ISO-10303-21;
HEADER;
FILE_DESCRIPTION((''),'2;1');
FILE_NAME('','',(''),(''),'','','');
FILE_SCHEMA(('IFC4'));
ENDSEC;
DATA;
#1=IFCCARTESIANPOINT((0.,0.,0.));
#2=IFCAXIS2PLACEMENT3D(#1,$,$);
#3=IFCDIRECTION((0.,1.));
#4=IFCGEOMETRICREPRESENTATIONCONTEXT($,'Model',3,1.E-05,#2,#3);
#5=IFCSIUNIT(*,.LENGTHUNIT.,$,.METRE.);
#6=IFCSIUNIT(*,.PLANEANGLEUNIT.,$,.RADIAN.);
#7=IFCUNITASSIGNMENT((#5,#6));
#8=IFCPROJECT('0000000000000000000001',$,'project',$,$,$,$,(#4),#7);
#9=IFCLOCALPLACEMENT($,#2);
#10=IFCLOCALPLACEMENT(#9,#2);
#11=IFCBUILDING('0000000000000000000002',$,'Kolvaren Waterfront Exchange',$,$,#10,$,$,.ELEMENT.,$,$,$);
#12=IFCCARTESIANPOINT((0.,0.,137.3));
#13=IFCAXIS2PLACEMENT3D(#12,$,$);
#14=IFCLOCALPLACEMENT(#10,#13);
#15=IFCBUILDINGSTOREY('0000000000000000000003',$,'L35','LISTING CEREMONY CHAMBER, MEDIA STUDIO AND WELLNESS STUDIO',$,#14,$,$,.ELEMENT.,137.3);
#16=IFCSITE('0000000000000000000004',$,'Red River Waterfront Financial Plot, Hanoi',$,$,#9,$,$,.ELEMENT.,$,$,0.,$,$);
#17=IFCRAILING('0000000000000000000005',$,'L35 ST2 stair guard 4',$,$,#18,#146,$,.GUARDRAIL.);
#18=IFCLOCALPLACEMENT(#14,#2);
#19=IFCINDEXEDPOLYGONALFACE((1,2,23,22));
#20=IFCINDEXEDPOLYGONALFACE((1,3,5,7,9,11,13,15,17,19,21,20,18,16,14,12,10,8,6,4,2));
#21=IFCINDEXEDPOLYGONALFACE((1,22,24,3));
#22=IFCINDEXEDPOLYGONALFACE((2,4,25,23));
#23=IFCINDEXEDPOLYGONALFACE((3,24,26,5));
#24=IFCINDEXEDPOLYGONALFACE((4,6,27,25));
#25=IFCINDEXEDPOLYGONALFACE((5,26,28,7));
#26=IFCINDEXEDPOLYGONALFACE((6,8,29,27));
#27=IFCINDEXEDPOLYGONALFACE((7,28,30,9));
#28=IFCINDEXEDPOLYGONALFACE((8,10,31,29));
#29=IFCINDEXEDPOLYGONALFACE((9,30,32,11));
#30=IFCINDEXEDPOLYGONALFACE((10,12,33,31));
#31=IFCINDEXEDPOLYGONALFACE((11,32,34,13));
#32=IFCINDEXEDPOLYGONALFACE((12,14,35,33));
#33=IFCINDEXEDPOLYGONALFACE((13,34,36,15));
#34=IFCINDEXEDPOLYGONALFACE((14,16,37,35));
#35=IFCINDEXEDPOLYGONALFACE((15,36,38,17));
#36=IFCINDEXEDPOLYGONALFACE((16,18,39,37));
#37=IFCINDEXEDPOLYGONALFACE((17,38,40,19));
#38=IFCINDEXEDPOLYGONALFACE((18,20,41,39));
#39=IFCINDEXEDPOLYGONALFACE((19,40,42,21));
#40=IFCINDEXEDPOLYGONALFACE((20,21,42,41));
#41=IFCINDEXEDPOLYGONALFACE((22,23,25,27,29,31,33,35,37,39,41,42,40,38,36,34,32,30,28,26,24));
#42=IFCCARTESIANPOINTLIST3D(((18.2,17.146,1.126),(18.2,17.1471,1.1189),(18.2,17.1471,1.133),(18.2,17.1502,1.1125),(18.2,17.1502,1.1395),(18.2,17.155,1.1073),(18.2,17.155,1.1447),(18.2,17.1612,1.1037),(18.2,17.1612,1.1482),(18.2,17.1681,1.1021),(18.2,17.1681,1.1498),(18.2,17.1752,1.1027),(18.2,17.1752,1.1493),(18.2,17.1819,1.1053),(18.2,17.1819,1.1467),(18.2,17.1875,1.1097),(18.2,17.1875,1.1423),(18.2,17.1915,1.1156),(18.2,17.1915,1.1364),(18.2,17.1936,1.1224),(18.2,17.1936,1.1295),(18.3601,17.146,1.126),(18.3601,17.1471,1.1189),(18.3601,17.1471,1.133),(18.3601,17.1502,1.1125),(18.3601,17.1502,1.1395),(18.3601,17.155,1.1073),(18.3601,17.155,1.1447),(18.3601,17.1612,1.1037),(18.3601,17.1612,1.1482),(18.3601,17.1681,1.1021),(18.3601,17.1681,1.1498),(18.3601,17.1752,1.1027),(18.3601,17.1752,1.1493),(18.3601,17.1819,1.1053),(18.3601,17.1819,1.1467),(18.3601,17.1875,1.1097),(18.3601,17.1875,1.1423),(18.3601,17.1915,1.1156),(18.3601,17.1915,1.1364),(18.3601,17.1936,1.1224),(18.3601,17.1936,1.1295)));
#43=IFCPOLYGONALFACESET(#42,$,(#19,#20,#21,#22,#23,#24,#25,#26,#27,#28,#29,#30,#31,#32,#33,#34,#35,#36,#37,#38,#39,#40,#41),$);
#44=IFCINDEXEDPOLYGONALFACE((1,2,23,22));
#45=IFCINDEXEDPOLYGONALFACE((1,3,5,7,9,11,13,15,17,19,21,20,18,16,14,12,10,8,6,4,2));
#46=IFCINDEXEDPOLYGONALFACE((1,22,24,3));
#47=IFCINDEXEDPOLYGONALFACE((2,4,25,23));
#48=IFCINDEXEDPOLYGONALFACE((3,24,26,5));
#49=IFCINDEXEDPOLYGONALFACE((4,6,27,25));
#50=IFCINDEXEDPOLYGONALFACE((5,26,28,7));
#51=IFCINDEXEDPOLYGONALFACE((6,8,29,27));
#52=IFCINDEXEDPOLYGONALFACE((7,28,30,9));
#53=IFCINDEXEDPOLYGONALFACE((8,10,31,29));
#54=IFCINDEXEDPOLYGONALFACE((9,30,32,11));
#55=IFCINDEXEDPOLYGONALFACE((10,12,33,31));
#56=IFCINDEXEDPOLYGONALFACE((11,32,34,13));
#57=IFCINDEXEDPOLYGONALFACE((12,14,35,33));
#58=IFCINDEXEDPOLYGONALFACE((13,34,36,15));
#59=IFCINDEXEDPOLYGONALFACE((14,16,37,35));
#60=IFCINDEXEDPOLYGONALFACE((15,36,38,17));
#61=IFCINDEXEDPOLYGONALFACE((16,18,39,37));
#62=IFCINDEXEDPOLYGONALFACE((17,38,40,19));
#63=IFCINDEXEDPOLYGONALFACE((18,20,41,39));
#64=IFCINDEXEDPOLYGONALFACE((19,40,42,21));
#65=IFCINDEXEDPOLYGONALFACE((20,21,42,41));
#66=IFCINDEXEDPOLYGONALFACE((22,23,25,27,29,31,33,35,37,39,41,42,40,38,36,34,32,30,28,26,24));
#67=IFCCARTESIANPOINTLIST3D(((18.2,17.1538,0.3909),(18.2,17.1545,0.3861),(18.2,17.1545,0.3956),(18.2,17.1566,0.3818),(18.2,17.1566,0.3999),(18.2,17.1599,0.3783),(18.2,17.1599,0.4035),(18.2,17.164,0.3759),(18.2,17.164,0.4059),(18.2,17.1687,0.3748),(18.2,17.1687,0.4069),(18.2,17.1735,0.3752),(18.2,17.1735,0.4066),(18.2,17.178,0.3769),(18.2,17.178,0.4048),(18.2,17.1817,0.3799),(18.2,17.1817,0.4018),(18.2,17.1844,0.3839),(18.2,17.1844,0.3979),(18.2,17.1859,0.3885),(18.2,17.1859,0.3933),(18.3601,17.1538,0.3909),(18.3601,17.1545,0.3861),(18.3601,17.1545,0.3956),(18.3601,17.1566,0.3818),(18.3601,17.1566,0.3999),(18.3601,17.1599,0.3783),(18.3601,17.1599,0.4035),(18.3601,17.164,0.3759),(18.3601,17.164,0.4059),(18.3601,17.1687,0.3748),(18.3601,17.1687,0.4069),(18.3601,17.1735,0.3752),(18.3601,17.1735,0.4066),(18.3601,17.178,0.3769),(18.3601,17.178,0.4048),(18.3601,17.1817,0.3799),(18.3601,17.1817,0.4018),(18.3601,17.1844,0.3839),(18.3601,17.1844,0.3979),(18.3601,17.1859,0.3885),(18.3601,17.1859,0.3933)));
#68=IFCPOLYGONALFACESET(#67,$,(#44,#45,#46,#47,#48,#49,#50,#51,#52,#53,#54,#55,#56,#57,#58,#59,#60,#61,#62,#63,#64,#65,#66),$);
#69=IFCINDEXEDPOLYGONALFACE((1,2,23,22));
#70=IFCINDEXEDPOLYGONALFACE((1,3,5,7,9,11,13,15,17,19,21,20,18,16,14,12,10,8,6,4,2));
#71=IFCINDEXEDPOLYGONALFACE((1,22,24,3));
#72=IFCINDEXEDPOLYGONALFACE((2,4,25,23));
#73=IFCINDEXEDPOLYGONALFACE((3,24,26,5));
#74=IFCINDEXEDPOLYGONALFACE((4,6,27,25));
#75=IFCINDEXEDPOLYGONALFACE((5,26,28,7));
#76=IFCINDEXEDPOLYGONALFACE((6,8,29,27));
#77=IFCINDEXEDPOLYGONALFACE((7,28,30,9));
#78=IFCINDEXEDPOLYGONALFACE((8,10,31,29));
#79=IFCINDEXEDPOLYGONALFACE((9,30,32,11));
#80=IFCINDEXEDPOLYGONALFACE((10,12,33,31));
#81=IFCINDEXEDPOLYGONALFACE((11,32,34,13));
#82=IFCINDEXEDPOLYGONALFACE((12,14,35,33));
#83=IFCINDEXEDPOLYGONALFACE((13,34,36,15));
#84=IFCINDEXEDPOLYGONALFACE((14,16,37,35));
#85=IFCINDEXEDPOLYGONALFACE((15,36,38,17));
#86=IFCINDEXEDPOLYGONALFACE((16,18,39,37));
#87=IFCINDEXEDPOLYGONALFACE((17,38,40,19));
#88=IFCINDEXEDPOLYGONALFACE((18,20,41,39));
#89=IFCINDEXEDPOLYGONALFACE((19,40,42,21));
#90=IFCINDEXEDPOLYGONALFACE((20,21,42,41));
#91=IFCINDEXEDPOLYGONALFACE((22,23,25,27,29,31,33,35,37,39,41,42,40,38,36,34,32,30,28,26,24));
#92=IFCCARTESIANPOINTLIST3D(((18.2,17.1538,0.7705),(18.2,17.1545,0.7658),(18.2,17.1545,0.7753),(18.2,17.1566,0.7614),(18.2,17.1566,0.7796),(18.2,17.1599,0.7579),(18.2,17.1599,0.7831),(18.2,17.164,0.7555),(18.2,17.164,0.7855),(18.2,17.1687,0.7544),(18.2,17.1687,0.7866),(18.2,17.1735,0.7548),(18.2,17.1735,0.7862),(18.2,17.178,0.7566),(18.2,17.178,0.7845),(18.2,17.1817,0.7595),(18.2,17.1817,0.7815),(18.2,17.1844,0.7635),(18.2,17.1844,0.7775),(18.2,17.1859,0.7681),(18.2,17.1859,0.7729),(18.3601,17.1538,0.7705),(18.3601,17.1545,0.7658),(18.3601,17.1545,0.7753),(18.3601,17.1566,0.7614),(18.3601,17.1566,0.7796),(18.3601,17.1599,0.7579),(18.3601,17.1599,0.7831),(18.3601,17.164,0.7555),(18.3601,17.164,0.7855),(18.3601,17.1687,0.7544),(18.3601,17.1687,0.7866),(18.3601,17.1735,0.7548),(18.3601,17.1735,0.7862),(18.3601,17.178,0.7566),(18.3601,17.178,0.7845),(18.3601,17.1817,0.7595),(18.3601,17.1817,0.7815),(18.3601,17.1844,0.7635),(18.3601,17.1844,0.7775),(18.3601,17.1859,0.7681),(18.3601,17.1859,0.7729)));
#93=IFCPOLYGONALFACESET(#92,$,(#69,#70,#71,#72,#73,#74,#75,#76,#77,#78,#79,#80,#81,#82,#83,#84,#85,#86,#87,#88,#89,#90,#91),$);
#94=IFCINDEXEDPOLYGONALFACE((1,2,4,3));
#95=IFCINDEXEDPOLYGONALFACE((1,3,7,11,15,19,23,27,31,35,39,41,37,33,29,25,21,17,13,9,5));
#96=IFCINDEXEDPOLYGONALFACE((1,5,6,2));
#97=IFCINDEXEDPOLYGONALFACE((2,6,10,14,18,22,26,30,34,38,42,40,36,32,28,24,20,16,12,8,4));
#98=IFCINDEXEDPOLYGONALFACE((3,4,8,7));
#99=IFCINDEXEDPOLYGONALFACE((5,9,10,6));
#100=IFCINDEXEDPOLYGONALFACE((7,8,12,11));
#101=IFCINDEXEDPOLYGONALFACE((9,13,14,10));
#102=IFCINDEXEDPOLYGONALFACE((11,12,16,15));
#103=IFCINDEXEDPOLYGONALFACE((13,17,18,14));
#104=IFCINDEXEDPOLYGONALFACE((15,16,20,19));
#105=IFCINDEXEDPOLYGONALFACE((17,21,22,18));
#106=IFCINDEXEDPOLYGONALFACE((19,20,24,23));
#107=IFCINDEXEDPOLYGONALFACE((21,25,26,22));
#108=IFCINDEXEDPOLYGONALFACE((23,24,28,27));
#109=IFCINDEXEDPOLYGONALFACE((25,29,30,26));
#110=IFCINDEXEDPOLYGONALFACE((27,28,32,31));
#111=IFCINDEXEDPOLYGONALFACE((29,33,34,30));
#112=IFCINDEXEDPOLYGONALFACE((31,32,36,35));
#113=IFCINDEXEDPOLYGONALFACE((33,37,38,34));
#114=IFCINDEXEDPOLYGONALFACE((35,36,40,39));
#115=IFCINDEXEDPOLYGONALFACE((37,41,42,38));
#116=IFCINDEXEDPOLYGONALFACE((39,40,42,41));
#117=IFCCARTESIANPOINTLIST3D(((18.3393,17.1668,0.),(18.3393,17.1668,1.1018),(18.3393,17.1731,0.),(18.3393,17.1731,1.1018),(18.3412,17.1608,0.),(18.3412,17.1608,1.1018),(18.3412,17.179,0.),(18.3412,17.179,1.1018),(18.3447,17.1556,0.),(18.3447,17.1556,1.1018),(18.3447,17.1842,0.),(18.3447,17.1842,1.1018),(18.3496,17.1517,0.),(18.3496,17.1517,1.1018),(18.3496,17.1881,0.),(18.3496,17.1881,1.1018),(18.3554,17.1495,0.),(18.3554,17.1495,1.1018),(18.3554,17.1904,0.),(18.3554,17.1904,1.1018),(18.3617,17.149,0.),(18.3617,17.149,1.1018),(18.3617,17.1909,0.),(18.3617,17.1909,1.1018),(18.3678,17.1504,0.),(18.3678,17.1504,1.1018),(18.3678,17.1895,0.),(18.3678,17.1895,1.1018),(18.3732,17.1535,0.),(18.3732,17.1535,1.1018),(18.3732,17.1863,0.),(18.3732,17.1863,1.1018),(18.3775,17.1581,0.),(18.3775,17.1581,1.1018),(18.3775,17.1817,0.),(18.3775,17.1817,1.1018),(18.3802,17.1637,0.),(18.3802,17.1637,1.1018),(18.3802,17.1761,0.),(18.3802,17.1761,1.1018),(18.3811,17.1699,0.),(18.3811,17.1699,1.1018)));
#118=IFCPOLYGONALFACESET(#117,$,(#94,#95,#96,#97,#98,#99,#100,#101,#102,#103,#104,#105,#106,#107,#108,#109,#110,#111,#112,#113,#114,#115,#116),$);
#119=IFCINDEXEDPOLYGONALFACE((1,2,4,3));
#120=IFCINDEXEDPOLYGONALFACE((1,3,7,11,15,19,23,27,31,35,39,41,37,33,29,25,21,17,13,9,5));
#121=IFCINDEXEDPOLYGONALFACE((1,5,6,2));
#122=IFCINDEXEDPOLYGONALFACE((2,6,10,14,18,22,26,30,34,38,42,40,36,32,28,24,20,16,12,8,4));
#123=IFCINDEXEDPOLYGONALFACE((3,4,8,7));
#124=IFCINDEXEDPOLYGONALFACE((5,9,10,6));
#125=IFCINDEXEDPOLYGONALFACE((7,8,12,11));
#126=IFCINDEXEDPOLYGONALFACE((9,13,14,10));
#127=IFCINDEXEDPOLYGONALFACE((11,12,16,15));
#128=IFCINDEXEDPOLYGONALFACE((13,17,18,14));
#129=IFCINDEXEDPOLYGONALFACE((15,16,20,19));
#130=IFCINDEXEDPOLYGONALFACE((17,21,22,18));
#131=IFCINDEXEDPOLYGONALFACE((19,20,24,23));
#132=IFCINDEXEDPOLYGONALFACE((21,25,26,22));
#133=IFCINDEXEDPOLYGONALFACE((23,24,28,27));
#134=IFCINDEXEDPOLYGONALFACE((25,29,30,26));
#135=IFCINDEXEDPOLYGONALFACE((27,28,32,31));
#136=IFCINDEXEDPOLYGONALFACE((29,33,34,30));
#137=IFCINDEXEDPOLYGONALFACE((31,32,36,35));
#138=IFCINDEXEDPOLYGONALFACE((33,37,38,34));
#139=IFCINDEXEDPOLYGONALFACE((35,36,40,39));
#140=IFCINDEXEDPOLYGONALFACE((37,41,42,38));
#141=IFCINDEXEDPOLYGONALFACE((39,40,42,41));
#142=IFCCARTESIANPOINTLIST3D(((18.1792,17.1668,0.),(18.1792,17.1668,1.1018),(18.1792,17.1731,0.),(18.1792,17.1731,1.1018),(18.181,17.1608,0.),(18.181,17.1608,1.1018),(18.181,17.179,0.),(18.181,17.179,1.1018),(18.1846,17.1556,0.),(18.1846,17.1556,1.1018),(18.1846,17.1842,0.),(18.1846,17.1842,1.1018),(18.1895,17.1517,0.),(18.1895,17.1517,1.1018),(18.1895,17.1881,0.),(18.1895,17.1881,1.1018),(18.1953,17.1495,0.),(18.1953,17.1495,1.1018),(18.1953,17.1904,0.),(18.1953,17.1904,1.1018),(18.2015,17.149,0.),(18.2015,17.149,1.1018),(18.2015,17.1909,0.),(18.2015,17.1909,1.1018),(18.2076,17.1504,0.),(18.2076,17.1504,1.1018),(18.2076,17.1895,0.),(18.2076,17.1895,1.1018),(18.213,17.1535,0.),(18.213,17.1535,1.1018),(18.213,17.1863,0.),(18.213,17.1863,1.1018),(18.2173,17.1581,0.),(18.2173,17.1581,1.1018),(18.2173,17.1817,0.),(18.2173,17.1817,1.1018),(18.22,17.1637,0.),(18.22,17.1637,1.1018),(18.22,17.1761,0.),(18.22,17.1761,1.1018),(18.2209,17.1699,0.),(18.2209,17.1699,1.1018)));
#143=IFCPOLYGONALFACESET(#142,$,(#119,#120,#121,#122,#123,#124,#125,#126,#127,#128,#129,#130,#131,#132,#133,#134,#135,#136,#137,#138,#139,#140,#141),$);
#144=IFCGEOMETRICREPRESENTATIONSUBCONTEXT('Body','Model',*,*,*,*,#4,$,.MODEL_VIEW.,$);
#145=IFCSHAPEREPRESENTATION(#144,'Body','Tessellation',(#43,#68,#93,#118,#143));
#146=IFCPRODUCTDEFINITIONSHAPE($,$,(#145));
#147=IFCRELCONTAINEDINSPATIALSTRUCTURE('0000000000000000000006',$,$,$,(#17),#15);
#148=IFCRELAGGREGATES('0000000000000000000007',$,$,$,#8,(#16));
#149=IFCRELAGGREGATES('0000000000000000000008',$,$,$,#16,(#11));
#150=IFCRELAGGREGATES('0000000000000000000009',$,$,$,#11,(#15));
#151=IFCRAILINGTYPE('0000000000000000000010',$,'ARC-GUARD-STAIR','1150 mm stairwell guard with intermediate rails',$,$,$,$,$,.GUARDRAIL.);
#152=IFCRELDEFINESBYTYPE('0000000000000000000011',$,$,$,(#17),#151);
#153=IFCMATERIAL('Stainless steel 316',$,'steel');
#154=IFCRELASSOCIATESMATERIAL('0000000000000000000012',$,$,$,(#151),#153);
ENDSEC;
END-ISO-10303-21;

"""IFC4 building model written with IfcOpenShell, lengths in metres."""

from ifc_helpers import new_model, si_unit, direction, frame, origin, origin_2d, place, context, subcontext, project, spatial, circle, extrude, material, type_object, element, save


model = new_model("IFC4")

# Units and contexts
model_context = context("Model", 3, precision=1e-05, world=origin(), true_north=direction((0.0, 1.0)))
body_context = subcontext(model_context, "Body", "Model", "MODEL_VIEW")
ifc_project = project(units=[si_unit("LENGTHUNIT", "METRE"), si_unit("PLANEANGLEUNIT", "RADIAN")], contexts=[model_context])

# Site, building, storey
site_placement = place(None, origin())
site = spatial("IfcSite", under=ifc_project, at=site_placement, Name="Red River Waterfront Financial Plot, Hanoi", CompositionType="ELEMENT", RefElevation=0.0)
building_placement = place(site_placement, origin())
building = spatial("IfcBuilding", under=site, at=building_placement, Name="Kolvaren Waterfront Exchange", CompositionType="ELEMENT")
storey_placement = place(building_placement, frame((0.0, 0.0, 137.3)))
storey = spatial("IfcBuildingStorey", under=building, at=storey_placement, Name="L35", Description="LISTING CEREMONY CHAMBER, MEDIA STUDIO AND WELLNESS STUDIO", CompositionType="ELEMENT", Elevation=137.3)

# Railing
ifc_material_1 = material(Name="Stainless steel 316", Category="steel")
railing_type_1 = type_object("IfcRailingType", Name="ARC-GUARD-STAIR", Description="1150 mm stairwell guard with intermediate rails", PredefinedType="GUARDRAIL", material=ifc_material_1)
railing_1_placement = place(storey_placement, frame((18.3601, 17.1699, 0.0)))
element("IfcRailing", 1, at=railing_1_placement, inside=storey, type_object=railing_type_1, Name="L35 ST2 stair guard 4", PredefinedType="GUARDRAIL", context=body_context, shape_type="SweptSolid", body=[
    extrude(circle(Radius=0.0239, at=origin_2d()), frame((0.0, 0.0, 1.126), z_axis=(-1.0, 0.0, 0.0), x_axis=(0.0, -1.0, 0.0)), (0.0, 0.0, 1.0), 0.1602),
    extrude(circle(Radius=0.0161, at=origin_2d()), frame((0.0, 0.0, 0.3909), z_axis=(-1.0, 0.0, 0.0), x_axis=(0.0, -1.0, 0.0)), (0.0, 0.0, 1.0), 0.1602),
    extrude(circle(Radius=0.0161, at=origin_2d()), frame((0.0, 0.0, 0.7705), z_axis=(-1.0, 0.0, 0.0), x_axis=(0.0, -1.0, 0.0)), (0.0, 0.0, 1.0), 0.1602),
    extrude(circle(Radius=0.021, at=origin_2d()), origin(), (0.0, 0.0, 1.0), 1.1018),
    extrude(circle(Radius=0.021, at=origin_2d()), frame((-0.1602, 0.0, 0.0)), (0.0, 0.0, 1.0), 1.1018),
])

save(model, "model.ifc")
